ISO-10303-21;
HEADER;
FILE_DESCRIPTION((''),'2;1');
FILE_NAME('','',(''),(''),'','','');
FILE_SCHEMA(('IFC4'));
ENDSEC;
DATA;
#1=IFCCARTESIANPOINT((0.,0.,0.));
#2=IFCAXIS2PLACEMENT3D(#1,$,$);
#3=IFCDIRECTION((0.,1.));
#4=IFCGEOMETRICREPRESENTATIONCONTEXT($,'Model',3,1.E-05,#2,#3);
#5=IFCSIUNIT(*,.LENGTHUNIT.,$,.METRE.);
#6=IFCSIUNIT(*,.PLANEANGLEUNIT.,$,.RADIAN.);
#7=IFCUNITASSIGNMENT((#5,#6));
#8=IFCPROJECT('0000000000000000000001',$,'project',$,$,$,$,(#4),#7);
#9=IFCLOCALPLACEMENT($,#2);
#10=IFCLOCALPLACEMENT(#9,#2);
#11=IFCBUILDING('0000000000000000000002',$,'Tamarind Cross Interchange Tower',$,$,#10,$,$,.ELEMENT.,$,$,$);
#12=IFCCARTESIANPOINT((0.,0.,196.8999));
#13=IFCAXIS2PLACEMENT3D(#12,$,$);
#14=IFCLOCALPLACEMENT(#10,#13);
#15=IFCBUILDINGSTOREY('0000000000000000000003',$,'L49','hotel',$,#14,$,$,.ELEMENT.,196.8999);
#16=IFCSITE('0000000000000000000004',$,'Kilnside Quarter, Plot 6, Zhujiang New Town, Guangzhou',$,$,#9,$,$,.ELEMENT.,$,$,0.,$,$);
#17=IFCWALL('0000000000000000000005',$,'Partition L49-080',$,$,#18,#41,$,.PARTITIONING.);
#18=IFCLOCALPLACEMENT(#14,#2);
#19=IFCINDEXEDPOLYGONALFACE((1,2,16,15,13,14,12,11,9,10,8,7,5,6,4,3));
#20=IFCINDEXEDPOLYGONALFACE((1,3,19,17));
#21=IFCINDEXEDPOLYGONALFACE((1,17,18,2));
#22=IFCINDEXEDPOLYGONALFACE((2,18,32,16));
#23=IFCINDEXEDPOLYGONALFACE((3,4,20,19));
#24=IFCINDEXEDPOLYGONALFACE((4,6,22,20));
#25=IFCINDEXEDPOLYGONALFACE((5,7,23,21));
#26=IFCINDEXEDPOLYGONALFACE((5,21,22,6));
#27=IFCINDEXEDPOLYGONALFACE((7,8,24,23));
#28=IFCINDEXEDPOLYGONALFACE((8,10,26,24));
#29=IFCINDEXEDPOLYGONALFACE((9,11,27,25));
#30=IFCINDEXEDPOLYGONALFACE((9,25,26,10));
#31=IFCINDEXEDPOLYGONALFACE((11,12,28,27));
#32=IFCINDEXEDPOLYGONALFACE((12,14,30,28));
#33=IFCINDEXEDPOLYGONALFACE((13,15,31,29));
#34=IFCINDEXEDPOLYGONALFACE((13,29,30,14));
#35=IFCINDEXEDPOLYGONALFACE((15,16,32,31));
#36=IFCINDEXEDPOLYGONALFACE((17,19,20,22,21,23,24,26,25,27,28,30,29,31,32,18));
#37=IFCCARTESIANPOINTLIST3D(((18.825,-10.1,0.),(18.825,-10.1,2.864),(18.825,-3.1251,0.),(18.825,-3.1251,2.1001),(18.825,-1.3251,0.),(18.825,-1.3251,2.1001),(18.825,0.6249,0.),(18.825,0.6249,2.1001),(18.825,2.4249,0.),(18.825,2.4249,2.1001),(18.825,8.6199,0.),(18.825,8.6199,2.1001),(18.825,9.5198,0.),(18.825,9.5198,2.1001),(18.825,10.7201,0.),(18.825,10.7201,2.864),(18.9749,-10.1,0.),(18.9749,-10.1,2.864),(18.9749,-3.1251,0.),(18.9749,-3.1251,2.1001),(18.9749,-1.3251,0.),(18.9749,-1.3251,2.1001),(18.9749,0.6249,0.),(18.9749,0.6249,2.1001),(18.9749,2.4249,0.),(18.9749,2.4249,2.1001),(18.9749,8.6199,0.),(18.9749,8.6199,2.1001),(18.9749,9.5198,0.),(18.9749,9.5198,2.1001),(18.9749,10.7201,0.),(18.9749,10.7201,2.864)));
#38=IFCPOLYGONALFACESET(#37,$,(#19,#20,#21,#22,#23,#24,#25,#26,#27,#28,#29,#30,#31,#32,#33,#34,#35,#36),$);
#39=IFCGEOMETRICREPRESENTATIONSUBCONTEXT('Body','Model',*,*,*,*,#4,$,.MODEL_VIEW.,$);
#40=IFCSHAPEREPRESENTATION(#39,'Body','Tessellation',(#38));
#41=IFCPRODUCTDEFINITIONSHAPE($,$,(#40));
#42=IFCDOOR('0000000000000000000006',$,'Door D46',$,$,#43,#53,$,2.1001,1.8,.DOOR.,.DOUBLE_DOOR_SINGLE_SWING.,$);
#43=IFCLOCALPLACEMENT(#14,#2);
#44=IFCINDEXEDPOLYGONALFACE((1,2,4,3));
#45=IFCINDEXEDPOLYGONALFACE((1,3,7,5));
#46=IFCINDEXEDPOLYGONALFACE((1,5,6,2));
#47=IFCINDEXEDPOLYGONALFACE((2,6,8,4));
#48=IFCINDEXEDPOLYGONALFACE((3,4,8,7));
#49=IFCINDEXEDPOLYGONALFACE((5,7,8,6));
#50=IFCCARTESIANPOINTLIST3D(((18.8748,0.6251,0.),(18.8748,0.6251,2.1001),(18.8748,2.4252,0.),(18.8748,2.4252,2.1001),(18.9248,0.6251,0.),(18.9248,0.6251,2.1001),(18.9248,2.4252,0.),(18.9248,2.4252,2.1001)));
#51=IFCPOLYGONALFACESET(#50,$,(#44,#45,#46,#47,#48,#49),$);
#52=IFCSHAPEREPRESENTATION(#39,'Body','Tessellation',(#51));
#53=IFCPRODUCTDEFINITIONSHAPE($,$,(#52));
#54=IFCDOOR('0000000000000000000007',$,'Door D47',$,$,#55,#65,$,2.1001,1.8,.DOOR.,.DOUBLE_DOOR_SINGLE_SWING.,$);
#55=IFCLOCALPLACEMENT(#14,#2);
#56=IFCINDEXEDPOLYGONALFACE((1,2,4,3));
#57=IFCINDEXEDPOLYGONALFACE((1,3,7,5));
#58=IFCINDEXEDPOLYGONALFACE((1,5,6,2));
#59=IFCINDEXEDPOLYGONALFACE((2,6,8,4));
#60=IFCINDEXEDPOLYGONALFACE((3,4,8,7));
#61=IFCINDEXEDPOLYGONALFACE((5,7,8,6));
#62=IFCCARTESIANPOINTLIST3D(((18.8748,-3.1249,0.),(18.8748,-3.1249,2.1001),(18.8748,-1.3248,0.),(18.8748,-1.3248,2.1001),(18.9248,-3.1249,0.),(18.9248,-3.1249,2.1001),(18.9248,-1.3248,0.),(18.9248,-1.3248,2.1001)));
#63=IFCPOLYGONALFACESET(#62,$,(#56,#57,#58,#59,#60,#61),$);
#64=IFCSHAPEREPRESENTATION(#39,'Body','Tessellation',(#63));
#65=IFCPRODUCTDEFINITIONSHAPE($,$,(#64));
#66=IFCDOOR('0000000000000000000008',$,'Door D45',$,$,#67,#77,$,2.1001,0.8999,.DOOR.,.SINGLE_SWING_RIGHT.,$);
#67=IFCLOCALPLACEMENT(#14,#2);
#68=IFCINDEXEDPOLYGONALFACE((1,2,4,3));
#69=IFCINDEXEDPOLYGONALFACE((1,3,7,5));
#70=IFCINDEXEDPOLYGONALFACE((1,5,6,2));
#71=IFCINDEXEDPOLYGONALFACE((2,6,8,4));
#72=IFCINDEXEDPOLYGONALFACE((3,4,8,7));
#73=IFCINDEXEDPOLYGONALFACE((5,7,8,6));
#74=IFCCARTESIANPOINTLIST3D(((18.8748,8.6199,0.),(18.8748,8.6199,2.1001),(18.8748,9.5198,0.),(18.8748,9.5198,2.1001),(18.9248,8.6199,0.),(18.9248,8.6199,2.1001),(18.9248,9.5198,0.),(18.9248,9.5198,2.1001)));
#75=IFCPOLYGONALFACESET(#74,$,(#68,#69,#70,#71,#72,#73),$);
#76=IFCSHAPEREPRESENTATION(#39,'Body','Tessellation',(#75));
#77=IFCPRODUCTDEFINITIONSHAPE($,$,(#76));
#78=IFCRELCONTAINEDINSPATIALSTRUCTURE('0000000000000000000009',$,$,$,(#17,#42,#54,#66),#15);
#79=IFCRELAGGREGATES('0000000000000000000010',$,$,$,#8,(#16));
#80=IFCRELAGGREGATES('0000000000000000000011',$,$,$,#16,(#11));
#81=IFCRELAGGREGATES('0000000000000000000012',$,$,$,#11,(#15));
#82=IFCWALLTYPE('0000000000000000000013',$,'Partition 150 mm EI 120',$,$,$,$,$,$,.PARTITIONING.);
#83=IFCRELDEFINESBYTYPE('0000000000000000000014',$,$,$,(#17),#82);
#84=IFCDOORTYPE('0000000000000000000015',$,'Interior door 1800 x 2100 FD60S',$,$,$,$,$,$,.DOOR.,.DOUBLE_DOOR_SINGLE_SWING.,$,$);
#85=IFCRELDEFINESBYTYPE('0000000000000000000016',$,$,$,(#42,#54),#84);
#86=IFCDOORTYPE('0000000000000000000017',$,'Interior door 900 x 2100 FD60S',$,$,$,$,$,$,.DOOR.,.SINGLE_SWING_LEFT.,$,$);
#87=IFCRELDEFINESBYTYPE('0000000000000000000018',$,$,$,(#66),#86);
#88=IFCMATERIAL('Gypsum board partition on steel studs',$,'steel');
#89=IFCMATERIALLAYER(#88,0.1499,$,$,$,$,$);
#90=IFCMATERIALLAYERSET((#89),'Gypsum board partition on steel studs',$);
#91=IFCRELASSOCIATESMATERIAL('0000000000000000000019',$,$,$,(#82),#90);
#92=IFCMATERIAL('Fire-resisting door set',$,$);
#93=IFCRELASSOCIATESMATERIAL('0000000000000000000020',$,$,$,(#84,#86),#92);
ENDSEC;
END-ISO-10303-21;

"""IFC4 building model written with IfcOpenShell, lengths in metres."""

from ifc_helpers import new_model, si_unit, direction, frame, frame_2d, origin, place, context, subcontext, project, spatial, rectangle, extrude, material, layer, layer_set, type_object, element, fill, save


model = new_model("IFC4")

# Units and contexts
model_context = context("Model", 3, precision=1e-05, world=origin(), true_north=direction((0.0, 1.0)))
body_context = subcontext(model_context, "Body", "Model", "MODEL_VIEW")
ifc_project = project(units=[si_unit("LENGTHUNIT", "METRE"), si_unit("PLANEANGLEUNIT", "RADIAN")], contexts=[model_context])

# Site, building, storey
site_placement = place(None, origin())
site = spatial("IfcSite", under=ifc_project, at=site_placement, Name="Kilnside Quarter, Plot 6, Zhujiang New Town, Guangzhou", CompositionType="ELEMENT", RefElevation=0.0)
building_placement = place(site_placement, origin())
building = spatial("IfcBuilding", under=site, at=building_placement, Name="Tamarind Cross Interchange Tower", CompositionType="ELEMENT")
storey_placement = place(building_placement, frame((0.0, 0.0, 196.8999)))
storey = spatial("IfcBuildingStorey", under=building, at=storey_placement, Name="L49", Description="hotel", CompositionType="ELEMENT", Elevation=196.8999)

# Shared definitions
ifc_material_1 = material(Name="Gypsum board partition on steel studs", Category="steel")
ifc_layer_1 = layer(ifc_material_1, 0.1499)
ifc_layer_set_1 = layer_set([ifc_layer_1], Name="Gypsum board partition on steel studs")
wall_type_1 = type_object("IfcWallType", Name="Partition 150 mm EI 120", PredefinedType="PARTITIONING", material=ifc_layer_set_1)

# Wall, openings, doors
wall_1_placement = place(storey_placement, frame((18.8999, -10.1001, 0.0), z_axis=(0.0, 0.0, 1.0), x_axis=(0.0, 1.0, 0.0)))
wall_1 = element("IfcWall", 1, at=wall_1_placement, inside=storey, type_object=wall_type_1, Name="Partition L49-080", PredefinedType="PARTITIONING", context=body_context, shape_type="SweptSolid", body=[
    extrude(rectangle(XDim=20.8201, YDim=0.1499, at=frame_2d((10.4102, 0.0))), origin(), (0.0, 0.0, 1.0), 2.864),
])
opening_1_placement = place(wall_1_placement, frame((18.72, 0.0, 0.0)))
opening_1 = element("IfcOpeningElement", 2, at=opening_1_placement, cuts=wall_1, PredefinedType="OPENING", context=body_context, shape_type="SweptSolid", body=[
    extrude(rectangle(XDim=0.8999, YDim=2.1001, at=frame_2d((0.45, 1.05))), frame((0.0, 0.085, 0.0), z_axis=(0.0, -1.0, 0.0), x_axis=(1.0, 0.0, 0.0)), (0.0, 0.0, 1.0), 0.1699),
])
opening_2_placement = place(wall_1_placement, frame((10.7251, 0.0, 0.0)))
opening_2 = element("IfcOpeningElement", 3, at=opening_2_placement, cuts=wall_1, PredefinedType="OPENING", context=body_context, shape_type="SweptSolid", body=[
    extrude(rectangle(XDim=1.8, YDim=2.1001, at=frame_2d((0.8999, 1.05))), frame((0.0, 0.085, 0.0), z_axis=(0.0, -1.0, 0.0), x_axis=(1.0, 0.0, 0.0)), (0.0, 0.0, 1.0), 0.1699),
])
opening_3_placement = place(wall_1_placement, frame((6.9751, 0.0, 0.0)))
opening_3 = element("IfcOpeningElement", 4, at=opening_3_placement, cuts=wall_1, PredefinedType="OPENING", context=body_context, shape_type="SweptSolid", body=[
    extrude(rectangle(XDim=1.8, YDim=2.1001, at=frame_2d((0.8999, 1.05))), frame((0.0, 0.085, 0.0), z_axis=(0.0, -1.0, 0.0), x_axis=(1.0, 0.0, 0.0)), (0.0, 0.0, 1.0), 0.1699),
])
ifc_material_2 = material(Name="Fire-resisting door set")
door_type_1 = type_object("IfcDoorType", Name="Interior door 1800 x 2100 FD60S", OperationType="DOUBLE_DOOR_SINGLE_SWING", PredefinedType="DOOR", material=ifc_material_2)
door_1_placement = place(opening_2_placement, frame((1.8, 0.0, 0.0), z_axis=(0.0, 0.0, 1.0), x_axis=(-1.0, 0.0, 0.0)))
door_1 = element("IfcDoor", 5, at=door_1_placement, inside=storey, type_object=door_type_1, Name="Door D46", OperationType="DOUBLE_DOOR_SINGLE_SWING", OverallHeight=2.1001, OverallWidth=1.8, PredefinedType="DOOR", context=body_context, shape_type="SweptSolid", body=[
    extrude(rectangle(XDim=1.8, YDim=2.1001, at=frame_2d((0.8999, 1.05))), frame((0.0, 0.0249, 0.0), z_axis=(0.0, -1.0, 0.0), x_axis=(1.0, 0.0, 0.0)), (0.0, 0.0, 1.0), 0.05),
])
fill(opening_2, door_1)
door_2_placement = place(opening_3_placement, frame((1.8, 0.0, 0.0), z_axis=(0.0, 0.0, 1.0), x_axis=(-1.0, 0.0, 0.0)))
door_2 = element("IfcDoor", 6, at=door_2_placement, inside=storey, type_object=door_type_1, Name="Door D47", OperationType="DOUBLE_DOOR_SINGLE_SWING", OverallHeight=2.1001, OverallWidth=1.8, PredefinedType="DOOR", context=body_context, shape_type="SweptSolid", body=[
    extrude(rectangle(XDim=1.8, YDim=2.1001, at=frame_2d((0.8999, 1.05))), frame((0.0, 0.0249, 0.0), z_axis=(0.0, -1.0, 0.0), x_axis=(1.0, 0.0, 0.0)), (0.0, 0.0, 1.0), 0.05),
])
fill(opening_3, door_2)
door_type_2 = type_object("IfcDoorType", Name="Interior door 900 x 2100 FD60S", OperationType="SINGLE_SWING_LEFT", PredefinedType="DOOR", material=ifc_material_2)
door_3_placement = place(opening_1_placement, frame((0.8999, 0.0, 0.0), z_axis=(0.0, 0.0, 1.0), x_axis=(-1.0, 0.0, 0.0)))
door_3 = element("IfcDoor", 7, at=door_3_placement, inside=storey, type_object=door_type_2, Name="Door D45", OperationType="SINGLE_SWING_RIGHT", OverallHeight=2.1001, OverallWidth=0.8999, PredefinedType="DOOR", context=body_context, shape_type="SweptSolid", body=[
    extrude(rectangle(XDim=0.8999, YDim=2.1001, at=frame_2d((0.45, 1.05))), frame((0.0, 0.0249, 0.0), z_axis=(0.0, -1.0, 0.0), x_axis=(1.0, 0.0, 0.0)), (0.0, 0.0, 1.0), 0.05),
])
fill(opening_1, door_3)

save(model, "model.ifc")
